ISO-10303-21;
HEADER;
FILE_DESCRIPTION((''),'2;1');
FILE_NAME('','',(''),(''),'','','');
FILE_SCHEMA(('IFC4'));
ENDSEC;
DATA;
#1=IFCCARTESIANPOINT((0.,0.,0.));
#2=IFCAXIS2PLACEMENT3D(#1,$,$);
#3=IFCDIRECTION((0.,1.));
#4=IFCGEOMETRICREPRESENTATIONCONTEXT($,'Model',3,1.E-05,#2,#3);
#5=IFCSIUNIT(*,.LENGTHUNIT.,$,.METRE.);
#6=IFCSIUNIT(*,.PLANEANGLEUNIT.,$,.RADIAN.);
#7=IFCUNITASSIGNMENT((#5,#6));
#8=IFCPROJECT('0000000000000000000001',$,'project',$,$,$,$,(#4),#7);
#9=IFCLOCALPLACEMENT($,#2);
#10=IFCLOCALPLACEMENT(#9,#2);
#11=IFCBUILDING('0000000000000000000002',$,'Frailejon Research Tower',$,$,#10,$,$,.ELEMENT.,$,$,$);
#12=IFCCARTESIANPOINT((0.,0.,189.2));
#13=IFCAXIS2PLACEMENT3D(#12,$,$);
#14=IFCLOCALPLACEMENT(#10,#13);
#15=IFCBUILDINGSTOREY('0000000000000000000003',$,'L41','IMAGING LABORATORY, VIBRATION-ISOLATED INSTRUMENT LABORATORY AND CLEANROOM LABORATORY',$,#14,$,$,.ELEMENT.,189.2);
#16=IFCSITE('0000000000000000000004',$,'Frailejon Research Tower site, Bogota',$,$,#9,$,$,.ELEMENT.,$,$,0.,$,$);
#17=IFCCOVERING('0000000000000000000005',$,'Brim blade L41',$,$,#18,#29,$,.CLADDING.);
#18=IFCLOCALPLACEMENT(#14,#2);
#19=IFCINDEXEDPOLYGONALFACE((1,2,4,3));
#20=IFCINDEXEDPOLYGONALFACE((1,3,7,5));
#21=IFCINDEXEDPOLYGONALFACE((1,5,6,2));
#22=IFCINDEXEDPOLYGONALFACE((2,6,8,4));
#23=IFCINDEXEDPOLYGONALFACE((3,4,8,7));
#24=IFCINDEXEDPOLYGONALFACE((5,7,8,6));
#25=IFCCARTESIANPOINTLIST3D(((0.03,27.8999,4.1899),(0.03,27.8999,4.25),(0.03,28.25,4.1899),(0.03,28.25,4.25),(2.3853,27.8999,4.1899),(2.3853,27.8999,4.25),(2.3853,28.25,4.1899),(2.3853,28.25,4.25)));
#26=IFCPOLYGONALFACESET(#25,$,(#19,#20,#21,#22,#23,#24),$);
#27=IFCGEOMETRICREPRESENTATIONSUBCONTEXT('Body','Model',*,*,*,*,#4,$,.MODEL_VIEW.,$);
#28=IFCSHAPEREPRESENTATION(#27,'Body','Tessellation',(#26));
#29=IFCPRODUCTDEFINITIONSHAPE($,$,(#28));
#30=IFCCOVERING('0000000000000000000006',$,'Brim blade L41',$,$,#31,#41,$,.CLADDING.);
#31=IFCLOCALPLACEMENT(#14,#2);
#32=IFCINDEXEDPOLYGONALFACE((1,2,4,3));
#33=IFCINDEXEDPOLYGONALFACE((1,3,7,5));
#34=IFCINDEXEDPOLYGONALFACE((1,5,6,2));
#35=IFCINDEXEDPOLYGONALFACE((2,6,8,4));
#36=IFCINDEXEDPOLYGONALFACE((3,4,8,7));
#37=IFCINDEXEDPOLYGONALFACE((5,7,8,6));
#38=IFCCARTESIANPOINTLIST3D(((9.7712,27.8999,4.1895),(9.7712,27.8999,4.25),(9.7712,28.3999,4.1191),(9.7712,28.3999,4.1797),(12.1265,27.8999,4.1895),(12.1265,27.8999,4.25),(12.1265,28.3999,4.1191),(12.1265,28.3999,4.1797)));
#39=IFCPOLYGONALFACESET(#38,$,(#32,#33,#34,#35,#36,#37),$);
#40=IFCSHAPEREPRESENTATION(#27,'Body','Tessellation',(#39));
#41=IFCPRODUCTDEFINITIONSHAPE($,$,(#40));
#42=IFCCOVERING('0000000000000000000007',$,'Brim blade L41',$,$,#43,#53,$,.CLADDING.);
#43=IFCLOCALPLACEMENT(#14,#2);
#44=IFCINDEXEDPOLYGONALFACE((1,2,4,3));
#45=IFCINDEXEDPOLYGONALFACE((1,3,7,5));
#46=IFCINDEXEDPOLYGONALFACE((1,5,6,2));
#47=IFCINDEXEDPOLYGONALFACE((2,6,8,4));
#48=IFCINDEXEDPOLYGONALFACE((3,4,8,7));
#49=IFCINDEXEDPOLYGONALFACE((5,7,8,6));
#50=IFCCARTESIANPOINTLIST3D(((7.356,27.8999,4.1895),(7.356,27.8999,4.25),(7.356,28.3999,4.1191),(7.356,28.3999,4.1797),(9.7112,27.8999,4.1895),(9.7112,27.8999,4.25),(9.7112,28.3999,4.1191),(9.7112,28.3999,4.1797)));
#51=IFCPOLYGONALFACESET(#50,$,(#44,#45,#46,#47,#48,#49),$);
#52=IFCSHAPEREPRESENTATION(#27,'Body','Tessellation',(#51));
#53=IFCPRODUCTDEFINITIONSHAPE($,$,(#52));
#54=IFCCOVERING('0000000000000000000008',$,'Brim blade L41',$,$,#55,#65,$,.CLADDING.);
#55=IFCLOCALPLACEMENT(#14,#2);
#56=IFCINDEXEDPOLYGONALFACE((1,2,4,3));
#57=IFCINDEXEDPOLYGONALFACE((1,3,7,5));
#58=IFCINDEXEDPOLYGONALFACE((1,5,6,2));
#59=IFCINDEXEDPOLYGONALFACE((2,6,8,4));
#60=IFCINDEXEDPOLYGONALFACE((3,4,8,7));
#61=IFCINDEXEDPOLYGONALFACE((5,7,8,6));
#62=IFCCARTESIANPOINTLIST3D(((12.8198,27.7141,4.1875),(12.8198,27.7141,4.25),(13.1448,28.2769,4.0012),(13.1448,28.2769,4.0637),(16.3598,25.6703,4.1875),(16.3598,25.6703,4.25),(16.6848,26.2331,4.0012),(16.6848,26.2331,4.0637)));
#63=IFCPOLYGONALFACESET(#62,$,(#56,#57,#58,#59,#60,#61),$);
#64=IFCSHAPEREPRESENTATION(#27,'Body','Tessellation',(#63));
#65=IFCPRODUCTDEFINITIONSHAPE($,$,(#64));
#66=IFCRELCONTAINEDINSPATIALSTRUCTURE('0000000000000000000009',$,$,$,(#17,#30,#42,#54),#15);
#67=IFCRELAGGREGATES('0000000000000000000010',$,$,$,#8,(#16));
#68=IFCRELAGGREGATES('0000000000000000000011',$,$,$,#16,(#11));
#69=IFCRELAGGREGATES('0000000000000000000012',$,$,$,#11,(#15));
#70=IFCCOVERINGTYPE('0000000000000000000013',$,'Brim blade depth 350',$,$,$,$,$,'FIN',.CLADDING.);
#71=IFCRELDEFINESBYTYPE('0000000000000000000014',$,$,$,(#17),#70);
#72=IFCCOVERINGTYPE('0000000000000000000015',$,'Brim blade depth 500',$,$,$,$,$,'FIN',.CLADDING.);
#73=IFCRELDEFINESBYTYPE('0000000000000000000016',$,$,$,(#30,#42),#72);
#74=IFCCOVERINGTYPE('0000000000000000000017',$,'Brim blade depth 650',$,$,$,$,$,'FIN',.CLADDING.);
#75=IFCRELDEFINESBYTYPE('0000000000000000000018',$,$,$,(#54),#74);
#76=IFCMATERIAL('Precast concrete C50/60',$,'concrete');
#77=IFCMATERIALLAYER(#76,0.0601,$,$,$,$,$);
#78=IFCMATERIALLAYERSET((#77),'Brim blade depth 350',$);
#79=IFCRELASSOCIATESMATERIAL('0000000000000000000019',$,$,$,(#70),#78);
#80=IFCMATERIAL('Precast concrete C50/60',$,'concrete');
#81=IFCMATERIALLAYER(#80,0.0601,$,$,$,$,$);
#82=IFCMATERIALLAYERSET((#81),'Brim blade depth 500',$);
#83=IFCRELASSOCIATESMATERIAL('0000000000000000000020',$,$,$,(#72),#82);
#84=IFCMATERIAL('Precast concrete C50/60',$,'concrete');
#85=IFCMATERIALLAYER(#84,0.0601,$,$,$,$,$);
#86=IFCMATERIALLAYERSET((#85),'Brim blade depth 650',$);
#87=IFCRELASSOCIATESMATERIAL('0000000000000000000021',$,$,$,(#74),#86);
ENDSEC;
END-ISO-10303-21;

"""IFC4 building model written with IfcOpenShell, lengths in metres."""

from ifc_helpers import new_model, si_unit, direction, frame, origin, place, context, subcontext, project, spatial, polyline, outline, extrude, material, layer, layer_set, type_object, element, save


model = new_model("IFC4")

# Units and contexts
model_context = context("Model", 3, precision=1e-05, world=origin(), true_north=direction((0.0, 1.0)))
body_context = subcontext(model_context, "Body", "Model", "MODEL_VIEW")
ifc_project = project(units=[si_unit("LENGTHUNIT", "METRE"), si_unit("PLANEANGLEUNIT", "RADIAN")], contexts=[model_context])

# Site, building, storey
site_placement = place(None, origin())
site = spatial("IfcSite", under=ifc_project, at=site_placement, Name="Frailejon Research Tower site, Bogota", CompositionType="ELEMENT", RefElevation=0.0)
building_placement = place(site_placement, origin())
building = spatial("IfcBuilding", under=site, at=building_placement, Name="Frailejon Research Tower", CompositionType="ELEMENT")
storey_placement = place(building_placement, frame((0.0, 0.0, 189.2)))
storey = spatial("IfcBuildingStorey", under=building, at=storey_placement, Name="L41", Description="IMAGING LABORATORY, VIBRATION-ISOLATED INSTRUMENT LABORATORY AND CLEANROOM LABORATORY", CompositionType="ELEMENT", Elevation=189.2)

# Coverings
ifc_material_1 = material(Name="Precast concrete C50/60", Category="concrete")
ifc_layer_1 = layer(ifc_material_1, 0.0601)
ifc_layer_set_1 = layer_set([ifc_layer_1], Name="Brim blade depth 350")
covering_type_1 = type_object("IfcCoveringType", Name="Brim blade depth 350", ElementType="FIN", PredefinedType="CLADDING", material=ifc_layer_set_1)
for number, where, z_axis, x_axis, name in (
    (1, (0.03, 27.8999, 4.25), (1.0, 0.0, 0.0), (0.0, 1.0, 0.0), "Brim blade L41"),
):
    element("IfcCovering", number, at=place(storey_placement, frame(where, z_axis=z_axis, x_axis=x_axis)), inside=storey, type_object=covering_type_1, Name=name, PredefinedType="CLADDING", context=body_context, shape_type="SweptSolid", body=[
        extrude(outline(polyline([(0.0, -0.0601), (0.3501, -0.0601), (0.3501, 0.0), (0.0, 0.0), (0.0, -0.0601)])), origin(), (0.0, 0.0, 1.0), 2.3552),
    ])
ifc_material_2 = material(Name="Precast concrete C50/60", Category="concrete")
ifc_layer_2 = layer(ifc_material_2, 0.0601)
ifc_layer_set_2 = layer_set([ifc_layer_2], Name="Brim blade depth 500")
covering_type_2 = type_object("IfcCoveringType", Name="Brim blade depth 500", ElementType="FIN", PredefinedType="CLADDING", material=ifc_layer_set_2)
for number, where, z_axis, x_axis, name in (
    (2, (9.7712, 27.8999, 4.25), (1.0, 0.0, 0.0), (0.0, 1.0, 0.0), "Brim blade L41"),
    (3, (7.356, 27.8999, 4.25), (1.0, 0.0, 0.0), (0.0, 1.0, 0.0), "Brim blade L41"),
):
    element("IfcCovering", number, at=place(storey_placement, frame(where, z_axis=z_axis, x_axis=x_axis)), inside=storey, type_object=covering_type_2, Name=name, PredefinedType="CLADDING", context=body_context, shape_type="SweptSolid", body=[
        extrude(outline(polyline([(0.0, -0.0605), (0.5, -0.1309), (0.5, -0.0703), (0.0, 0.0), (0.0, -0.0605)])), origin(), (0.0, 0.0, 1.0), 2.3552),
    ])
ifc_material_3 = material(Name="Precast concrete C50/60", Category="concrete")
ifc_layer_3 = layer(ifc_material_3, 0.0601)
ifc_layer_set_3 = layer_set([ifc_layer_3], Name="Brim blade depth 650")
covering_type_3 = type_object("IfcCoveringType", Name="Brim blade depth 650", ElementType="FIN", PredefinedType="CLADDING", material=ifc_layer_set_3)
covering_placement = place(storey_placement, frame((12.8198, 27.7141, 4.25), z_axis=(0.866027, -0.499997, 0.0), x_axis=(0.499997, 0.866027, 0.0)))
element("IfcCovering", 4, at=covering_placement, inside=storey, type_object=covering_type_3, Name="Brim blade L41", PredefinedType="CLADDING", context=body_context, shape_type="SweptSolid", body=[
    extrude(outline(polyline([(0.0, -0.0625), (0.6499, -0.2488), (0.6499, -0.1863), (0.0, 0.0), (0.0, -0.0625)])), origin(), (0.0, 0.0, 1.0), 4.0876),
])

save(model, "model.ifc")
